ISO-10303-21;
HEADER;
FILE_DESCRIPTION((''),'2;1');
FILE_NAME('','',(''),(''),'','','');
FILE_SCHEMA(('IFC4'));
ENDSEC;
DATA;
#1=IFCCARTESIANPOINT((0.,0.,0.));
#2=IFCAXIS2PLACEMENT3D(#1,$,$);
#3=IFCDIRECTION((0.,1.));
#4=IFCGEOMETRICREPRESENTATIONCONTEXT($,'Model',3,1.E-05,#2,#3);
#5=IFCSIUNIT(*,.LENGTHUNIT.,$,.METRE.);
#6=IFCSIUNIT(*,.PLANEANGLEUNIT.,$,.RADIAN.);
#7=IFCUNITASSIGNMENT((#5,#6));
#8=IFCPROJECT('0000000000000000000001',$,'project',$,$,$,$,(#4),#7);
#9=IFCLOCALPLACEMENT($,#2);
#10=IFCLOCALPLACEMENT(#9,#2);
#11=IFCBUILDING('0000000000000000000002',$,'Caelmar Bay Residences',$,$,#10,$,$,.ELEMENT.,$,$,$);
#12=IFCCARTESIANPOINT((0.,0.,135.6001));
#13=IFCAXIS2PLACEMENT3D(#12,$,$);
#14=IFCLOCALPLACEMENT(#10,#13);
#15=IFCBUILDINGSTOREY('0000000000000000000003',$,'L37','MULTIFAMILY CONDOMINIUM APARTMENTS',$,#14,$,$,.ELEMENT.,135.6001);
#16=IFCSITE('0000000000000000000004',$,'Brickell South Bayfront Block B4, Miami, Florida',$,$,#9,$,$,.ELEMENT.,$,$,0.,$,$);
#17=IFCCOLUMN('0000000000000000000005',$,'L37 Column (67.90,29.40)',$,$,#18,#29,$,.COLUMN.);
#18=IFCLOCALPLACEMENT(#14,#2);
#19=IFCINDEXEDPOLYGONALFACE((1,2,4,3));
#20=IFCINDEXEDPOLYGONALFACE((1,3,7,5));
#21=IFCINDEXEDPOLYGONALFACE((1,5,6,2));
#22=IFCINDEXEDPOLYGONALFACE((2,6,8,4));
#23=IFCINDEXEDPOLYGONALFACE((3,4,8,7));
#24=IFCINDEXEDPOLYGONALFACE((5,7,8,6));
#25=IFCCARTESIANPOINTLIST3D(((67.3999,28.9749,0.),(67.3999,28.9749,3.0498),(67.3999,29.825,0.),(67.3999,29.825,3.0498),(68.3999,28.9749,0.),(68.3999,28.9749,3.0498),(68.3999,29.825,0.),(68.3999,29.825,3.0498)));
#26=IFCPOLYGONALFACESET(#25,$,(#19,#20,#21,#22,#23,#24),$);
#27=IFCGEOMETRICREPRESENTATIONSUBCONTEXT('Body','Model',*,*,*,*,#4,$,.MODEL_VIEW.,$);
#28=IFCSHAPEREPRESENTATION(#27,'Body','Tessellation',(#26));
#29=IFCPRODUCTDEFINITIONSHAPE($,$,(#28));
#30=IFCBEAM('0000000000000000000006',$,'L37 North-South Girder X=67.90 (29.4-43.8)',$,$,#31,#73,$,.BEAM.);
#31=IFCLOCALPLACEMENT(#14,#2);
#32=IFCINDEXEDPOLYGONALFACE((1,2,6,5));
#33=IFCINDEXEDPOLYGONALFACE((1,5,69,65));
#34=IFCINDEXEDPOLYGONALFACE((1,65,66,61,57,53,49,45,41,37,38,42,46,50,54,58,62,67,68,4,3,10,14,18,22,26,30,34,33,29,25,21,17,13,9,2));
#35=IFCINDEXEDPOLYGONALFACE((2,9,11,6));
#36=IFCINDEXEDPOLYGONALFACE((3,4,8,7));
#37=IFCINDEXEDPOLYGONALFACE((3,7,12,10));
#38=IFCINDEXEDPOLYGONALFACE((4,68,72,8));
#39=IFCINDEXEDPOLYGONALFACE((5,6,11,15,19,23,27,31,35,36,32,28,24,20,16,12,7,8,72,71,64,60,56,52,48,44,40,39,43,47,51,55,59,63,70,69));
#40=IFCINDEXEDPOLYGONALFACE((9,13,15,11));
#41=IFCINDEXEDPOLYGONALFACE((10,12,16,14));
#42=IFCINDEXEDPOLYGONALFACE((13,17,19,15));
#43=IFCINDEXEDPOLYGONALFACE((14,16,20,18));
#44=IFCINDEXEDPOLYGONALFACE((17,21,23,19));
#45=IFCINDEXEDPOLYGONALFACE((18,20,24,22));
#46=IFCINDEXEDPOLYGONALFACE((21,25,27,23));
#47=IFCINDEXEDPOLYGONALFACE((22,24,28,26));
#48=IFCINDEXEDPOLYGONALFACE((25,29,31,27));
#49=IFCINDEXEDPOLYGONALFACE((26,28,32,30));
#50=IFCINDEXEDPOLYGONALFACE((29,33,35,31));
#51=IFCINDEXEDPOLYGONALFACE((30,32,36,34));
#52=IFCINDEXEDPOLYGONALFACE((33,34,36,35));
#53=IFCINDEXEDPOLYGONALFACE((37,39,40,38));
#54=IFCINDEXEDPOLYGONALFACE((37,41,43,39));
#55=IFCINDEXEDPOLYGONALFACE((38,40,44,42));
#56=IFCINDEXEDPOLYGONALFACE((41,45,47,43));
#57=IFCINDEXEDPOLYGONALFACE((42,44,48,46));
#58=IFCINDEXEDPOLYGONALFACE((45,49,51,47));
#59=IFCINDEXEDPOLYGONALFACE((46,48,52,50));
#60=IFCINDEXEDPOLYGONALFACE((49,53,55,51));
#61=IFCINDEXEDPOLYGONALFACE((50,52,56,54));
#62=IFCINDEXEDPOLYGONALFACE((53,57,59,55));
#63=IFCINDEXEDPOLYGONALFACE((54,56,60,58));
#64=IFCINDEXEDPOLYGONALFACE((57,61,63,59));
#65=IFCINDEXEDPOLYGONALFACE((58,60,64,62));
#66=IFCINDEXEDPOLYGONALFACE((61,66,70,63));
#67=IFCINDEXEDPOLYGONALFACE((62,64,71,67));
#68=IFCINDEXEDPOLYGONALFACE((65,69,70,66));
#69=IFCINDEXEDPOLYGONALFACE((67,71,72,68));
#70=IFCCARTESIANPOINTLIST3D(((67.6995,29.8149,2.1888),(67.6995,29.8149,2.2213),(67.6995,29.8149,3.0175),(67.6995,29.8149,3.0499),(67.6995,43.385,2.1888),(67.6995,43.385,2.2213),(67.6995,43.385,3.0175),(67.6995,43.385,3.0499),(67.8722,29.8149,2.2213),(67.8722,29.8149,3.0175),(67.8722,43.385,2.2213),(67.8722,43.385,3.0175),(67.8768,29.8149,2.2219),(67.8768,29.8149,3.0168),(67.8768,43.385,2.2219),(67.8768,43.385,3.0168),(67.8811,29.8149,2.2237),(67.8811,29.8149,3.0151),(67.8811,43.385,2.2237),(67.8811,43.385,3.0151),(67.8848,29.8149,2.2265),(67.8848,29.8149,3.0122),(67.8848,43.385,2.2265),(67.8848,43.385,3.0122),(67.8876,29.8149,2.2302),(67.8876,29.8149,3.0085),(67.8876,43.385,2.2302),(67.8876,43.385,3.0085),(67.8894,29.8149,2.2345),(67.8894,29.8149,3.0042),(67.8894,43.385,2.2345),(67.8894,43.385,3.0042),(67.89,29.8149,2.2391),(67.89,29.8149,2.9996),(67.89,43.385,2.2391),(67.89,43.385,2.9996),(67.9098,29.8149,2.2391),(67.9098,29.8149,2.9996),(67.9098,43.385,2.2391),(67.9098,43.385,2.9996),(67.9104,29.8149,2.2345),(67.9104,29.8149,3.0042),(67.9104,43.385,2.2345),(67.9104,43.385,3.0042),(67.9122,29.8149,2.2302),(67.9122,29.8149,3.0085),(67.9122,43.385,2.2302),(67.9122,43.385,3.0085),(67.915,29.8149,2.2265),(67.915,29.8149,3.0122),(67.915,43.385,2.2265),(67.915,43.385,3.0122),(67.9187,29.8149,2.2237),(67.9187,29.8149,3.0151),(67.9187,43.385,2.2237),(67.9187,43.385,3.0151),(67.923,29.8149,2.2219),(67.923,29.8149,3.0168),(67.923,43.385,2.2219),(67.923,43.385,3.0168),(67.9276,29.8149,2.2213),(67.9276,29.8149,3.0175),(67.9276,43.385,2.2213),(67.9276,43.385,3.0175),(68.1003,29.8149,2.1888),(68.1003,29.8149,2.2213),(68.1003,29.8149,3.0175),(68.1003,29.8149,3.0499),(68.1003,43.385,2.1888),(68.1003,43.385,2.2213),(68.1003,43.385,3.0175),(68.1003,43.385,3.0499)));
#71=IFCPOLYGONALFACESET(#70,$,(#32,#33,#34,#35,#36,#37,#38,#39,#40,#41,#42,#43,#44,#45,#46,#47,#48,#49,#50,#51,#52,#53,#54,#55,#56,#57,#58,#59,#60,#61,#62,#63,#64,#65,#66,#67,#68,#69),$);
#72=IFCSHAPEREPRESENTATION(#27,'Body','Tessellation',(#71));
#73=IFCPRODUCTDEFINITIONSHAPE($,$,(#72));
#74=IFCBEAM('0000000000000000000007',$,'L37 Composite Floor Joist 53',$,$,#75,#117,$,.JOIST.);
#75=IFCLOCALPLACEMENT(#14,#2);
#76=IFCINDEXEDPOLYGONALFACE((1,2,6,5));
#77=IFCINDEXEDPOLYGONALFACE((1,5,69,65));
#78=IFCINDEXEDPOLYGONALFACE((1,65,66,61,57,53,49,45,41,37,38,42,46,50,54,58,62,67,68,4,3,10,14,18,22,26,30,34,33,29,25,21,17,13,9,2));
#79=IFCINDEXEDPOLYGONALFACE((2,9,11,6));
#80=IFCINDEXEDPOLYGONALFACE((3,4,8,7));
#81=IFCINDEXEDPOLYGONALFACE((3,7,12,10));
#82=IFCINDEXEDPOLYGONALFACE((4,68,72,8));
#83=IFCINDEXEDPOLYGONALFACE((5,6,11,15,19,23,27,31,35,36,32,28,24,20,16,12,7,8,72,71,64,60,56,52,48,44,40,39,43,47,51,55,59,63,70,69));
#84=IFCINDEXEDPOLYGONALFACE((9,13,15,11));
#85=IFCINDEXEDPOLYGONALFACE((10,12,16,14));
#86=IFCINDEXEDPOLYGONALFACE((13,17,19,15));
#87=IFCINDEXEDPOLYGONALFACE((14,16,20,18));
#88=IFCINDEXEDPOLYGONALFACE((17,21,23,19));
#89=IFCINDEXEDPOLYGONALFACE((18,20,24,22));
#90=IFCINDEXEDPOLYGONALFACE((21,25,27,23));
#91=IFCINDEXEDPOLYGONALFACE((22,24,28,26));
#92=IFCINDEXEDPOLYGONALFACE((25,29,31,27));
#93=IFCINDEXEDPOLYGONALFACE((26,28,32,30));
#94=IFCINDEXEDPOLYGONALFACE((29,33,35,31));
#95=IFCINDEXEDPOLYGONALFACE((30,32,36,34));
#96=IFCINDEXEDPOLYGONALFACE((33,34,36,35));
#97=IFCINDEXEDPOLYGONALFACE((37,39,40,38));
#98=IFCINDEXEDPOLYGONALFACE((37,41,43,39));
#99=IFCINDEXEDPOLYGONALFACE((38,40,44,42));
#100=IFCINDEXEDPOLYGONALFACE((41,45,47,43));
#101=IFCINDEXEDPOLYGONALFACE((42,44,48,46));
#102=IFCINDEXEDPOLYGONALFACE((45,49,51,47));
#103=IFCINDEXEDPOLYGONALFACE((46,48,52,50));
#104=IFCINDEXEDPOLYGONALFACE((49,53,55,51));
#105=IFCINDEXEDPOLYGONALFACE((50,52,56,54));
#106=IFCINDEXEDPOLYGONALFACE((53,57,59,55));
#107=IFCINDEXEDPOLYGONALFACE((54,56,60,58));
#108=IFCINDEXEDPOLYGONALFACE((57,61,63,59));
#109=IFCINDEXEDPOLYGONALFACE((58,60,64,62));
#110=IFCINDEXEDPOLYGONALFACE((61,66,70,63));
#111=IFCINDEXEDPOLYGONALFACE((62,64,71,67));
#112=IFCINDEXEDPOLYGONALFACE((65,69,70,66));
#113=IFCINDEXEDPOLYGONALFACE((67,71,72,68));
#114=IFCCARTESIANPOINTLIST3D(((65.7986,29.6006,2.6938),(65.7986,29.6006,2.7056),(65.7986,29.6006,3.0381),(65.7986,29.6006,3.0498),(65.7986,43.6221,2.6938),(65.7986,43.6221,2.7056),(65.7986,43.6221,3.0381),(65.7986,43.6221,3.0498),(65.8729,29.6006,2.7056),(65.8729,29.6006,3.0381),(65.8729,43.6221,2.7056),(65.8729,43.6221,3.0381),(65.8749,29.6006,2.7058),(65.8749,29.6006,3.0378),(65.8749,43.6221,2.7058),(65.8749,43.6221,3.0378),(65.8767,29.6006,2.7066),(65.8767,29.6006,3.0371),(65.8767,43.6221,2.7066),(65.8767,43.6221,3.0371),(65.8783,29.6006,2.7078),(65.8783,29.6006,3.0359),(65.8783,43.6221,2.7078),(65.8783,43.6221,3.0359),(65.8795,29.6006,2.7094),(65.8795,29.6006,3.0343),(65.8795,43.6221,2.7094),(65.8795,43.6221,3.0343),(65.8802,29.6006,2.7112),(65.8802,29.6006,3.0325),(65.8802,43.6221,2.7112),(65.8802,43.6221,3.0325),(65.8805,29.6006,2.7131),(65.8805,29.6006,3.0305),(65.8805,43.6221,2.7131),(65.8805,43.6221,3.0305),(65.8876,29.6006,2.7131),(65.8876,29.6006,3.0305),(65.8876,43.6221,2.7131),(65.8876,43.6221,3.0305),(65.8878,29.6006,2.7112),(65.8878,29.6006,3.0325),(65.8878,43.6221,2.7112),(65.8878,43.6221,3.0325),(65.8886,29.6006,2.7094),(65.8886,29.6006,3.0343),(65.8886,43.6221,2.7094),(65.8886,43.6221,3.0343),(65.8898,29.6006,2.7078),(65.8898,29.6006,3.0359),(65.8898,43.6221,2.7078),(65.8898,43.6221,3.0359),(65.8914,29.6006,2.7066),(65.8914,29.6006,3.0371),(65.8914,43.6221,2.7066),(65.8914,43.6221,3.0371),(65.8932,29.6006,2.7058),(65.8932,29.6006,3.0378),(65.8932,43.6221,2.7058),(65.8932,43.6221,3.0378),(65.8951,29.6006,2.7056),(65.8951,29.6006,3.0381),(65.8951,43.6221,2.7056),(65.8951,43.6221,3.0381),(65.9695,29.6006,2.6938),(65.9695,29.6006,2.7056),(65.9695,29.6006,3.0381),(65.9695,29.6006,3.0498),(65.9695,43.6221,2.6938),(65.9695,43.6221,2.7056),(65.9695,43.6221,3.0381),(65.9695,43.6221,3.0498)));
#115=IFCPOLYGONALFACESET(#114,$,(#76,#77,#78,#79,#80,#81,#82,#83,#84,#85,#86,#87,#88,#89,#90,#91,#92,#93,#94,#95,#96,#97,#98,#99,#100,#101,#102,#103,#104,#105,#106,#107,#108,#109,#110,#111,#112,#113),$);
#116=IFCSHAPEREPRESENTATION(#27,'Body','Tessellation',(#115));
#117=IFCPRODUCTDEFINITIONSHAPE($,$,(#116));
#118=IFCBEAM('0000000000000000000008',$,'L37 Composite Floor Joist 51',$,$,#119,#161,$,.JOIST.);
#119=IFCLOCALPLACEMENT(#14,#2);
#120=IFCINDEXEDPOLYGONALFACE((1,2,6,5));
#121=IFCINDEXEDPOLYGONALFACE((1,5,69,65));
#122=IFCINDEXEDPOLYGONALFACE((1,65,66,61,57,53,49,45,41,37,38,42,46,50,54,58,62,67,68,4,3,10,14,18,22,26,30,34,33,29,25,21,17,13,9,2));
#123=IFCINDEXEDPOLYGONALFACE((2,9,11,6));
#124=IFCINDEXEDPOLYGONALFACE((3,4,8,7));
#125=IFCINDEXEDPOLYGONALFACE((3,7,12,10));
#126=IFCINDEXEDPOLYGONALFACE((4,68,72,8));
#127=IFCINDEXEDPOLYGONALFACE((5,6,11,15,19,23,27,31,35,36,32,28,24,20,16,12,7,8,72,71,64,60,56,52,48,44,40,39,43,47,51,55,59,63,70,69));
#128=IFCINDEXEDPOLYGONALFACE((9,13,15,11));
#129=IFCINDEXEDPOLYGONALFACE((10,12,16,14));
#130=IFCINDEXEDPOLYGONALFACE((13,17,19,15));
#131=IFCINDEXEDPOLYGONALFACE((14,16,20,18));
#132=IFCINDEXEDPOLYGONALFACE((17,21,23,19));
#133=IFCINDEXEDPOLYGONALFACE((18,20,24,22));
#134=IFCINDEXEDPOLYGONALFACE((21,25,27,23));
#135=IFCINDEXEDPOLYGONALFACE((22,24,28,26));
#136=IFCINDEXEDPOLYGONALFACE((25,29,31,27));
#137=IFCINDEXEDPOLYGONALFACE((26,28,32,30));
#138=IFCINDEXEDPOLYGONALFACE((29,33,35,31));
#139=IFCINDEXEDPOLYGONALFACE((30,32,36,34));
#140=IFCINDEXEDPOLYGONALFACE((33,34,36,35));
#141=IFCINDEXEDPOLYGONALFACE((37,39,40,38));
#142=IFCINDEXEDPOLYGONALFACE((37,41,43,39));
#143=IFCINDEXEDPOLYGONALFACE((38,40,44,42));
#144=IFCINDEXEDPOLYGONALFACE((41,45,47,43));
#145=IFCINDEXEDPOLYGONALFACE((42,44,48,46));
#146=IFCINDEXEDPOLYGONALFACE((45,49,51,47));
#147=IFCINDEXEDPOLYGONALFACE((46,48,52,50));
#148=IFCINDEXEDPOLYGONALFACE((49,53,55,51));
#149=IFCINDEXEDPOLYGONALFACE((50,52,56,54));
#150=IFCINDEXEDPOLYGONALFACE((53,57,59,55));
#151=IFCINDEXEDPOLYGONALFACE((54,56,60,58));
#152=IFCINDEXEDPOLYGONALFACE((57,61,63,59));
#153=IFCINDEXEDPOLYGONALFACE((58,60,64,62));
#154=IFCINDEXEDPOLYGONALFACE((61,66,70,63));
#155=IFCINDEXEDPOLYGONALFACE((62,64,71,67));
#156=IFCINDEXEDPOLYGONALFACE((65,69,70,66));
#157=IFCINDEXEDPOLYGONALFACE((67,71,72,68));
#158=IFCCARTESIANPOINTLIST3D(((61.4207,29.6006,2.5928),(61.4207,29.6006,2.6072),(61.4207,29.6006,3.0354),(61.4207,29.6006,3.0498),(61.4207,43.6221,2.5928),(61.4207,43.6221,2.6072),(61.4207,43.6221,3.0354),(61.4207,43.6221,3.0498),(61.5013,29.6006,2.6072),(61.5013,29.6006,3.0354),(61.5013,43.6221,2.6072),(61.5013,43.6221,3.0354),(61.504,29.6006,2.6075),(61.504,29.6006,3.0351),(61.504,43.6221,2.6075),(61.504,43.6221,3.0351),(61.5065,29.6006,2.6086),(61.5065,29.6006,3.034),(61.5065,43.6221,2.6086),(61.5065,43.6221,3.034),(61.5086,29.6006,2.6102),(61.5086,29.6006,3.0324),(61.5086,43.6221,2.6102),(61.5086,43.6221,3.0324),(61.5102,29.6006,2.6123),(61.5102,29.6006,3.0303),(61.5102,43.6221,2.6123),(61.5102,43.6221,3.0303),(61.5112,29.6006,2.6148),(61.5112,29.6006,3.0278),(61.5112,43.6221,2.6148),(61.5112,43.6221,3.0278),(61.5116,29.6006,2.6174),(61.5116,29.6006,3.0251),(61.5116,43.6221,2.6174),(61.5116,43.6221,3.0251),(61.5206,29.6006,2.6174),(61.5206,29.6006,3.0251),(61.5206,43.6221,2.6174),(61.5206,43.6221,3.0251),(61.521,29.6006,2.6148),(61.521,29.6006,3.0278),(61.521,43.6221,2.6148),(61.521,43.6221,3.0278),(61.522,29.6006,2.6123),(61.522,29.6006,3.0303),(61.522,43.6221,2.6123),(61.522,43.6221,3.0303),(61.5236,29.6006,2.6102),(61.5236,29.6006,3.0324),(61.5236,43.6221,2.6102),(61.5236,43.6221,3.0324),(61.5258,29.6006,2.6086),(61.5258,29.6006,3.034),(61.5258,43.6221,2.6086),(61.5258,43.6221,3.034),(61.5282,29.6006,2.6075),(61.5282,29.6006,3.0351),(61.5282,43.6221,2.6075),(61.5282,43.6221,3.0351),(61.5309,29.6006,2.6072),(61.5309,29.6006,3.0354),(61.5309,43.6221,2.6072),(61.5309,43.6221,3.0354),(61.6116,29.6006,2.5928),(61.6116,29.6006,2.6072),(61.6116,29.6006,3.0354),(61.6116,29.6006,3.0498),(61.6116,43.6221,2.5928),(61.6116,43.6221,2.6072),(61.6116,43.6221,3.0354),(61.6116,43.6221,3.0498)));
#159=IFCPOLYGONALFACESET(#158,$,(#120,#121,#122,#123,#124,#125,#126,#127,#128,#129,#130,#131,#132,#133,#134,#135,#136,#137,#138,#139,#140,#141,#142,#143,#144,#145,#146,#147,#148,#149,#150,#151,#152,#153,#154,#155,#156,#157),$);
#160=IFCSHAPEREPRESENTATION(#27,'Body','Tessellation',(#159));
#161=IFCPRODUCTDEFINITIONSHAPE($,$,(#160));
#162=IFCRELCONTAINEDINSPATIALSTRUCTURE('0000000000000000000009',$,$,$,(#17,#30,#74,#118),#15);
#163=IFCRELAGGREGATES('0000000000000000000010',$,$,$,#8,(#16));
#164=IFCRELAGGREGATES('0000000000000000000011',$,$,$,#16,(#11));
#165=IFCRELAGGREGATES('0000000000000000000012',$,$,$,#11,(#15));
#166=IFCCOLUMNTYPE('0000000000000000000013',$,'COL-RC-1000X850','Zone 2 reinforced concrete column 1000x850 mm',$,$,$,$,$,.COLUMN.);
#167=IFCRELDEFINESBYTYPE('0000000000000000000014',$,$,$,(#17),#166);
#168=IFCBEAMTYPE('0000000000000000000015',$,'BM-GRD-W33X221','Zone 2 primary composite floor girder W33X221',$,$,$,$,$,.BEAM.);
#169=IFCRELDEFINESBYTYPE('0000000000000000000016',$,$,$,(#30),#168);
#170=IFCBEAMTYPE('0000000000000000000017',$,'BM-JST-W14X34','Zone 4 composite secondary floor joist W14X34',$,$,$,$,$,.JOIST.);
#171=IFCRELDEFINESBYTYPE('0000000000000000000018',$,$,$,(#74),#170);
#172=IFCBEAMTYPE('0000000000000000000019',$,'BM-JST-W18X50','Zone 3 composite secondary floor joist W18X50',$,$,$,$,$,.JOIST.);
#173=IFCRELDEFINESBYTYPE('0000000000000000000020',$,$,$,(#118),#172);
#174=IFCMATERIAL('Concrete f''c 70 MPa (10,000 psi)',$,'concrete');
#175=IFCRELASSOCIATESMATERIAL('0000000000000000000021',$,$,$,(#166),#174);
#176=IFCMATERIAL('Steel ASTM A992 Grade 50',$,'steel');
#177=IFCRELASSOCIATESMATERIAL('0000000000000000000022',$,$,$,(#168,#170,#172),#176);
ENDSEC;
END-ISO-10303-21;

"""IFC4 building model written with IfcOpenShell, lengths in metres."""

from ifc_helpers import new_model, si_unit, direction, frame, origin, origin_2d, place, context, subcontext, project, spatial, rectangle, i_section, extrude, material, material_profile, profile_set, type_object, element, save


model = new_model("IFC4")

# Units and contexts
model_context = context("Model", 3, precision=1e-05, world=origin(), true_north=direction((0.0, 1.0)))
body_context = subcontext(model_context, "Body", "Model", "MODEL_VIEW")
ifc_project = project(units=[si_unit("LENGTHUNIT", "METRE"), si_unit("PLANEANGLEUNIT", "RADIAN")], contexts=[model_context])

# Site, building, storey
site_placement = place(None, origin())
site = spatial("IfcSite", under=ifc_project, at=site_placement, Name="Brickell South Bayfront Block B4, Miami, Florida", CompositionType="ELEMENT", RefElevation=0.0)
building_placement = place(site_placement, origin())
building = spatial("IfcBuilding", under=site, at=building_placement, Name="Caelmar Bay Residences", CompositionType="ELEMENT")
storey_placement = place(building_placement, frame((0.0, 0.0, 135.6001)))
storey = spatial("IfcBuildingStorey", under=building, at=storey_placement, Name="L37", Description="MULTIFAMILY CONDOMINIUM APARTMENTS", CompositionType="ELEMENT", Elevation=135.6001)

# Column
ifc_material_1 = material(Name="Concrete f'c 70 MPa (10,000 psi)", Category="concrete")
ifc_material_profile_1 = material_profile(ifc_material_1, rectangle(XDim=1.0, YDim=0.8501, at=origin_2d()), Name="RC-COL-1000X850")
ifc_profile_set_1 = profile_set([ifc_material_profile_1], Name="Concrete f'c 70 MPa (10,000 psi)")
column_type = type_object("IfcColumnType", Name="COL-RC-1000X850", Description="Zone 2 reinforced concrete column 1000x850 mm", PredefinedType="COLUMN", material=ifc_profile_set_1)
column_placement = place(storey_placement, frame((67.8999, 29.3999, 0.0), z_axis=(0.0, 0.0, 1.0), x_axis=(1.0, 0.0, 0.0)))
element("IfcColumn", 1, at=column_placement, inside=storey, type_object=column_type, Name="L37 Column (67.90,29.40)", PredefinedType="COLUMN", context=body_context, shape_type="SweptSolid", body=[
    extrude(rectangle(XDim=1.0, YDim=0.8501, at=origin_2d()), origin(), (0.0, 0.0, 1.0), 3.0498),
])

# Beams
ifc_material_2 = material(Name="Steel ASTM A992 Grade 50", Category="steel")
ifc_material_profile_2 = material_profile(ifc_material_2, i_section(OverallWidth=0.4009, OverallDepth=0.8611, WebThickness=0.0198, FlangeThickness=0.0325, FilletRadius=0.0178, at=origin_2d()), Name="W33X221")
ifc_profile_set_2 = profile_set([ifc_material_profile_2], Name="Steel ASTM A992 Grade 50")
beam_type_1 = type_object("IfcBeamType", Name="BM-GRD-W33X221", Description="Zone 2 primary composite floor girder W33X221", PredefinedType="BEAM", material=ifc_profile_set_2)
beam_1_placement = place(storey_placement, frame((67.8999, 29.8149, 2.6194), z_axis=(0.0, 1.0, 0.0), x_axis=(-1.0, 0.0, 0.0)))
element("IfcBeam", 2, at=beam_1_placement, inside=storey, type_object=beam_type_1, Name="L37 North-South Girder X=67.90 (29.4-43.8)", PredefinedType="BEAM", context=body_context, shape_type="SweptSolid", body=[
    extrude(i_section(OverallWidth=0.4009, OverallDepth=0.8611, WebThickness=0.0198, FlangeThickness=0.0325, FilletRadius=0.0178, at=origin_2d()), origin(), (0.0, 0.0, 1.0), 13.5701),
])
ifc_material_profile_3 = material_profile(ifc_material_2, i_section(OverallWidth=0.1709, OverallDepth=0.356, WebThickness=0.0071, FlangeThickness=0.0117, FilletRadius=0.0076, at=origin_2d()), Name="W14X34")
ifc_profile_set_3 = profile_set([ifc_material_profile_3], Name="Steel ASTM A992 Grade 50")
beam_type_2 = type_object("IfcBeamType", Name="BM-JST-W14X34", Description="Zone 4 composite secondary floor joist W14X34", PredefinedType="JOIST", material=ifc_profile_set_3)
beam_2_placement = place(storey_placement, frame((65.884, 29.6006, 2.8718), z_axis=(0.0, 1.0, 0.0), x_axis=(-1.0, 0.0, 0.0)))
element("IfcBeam", 3, at=beam_2_placement, inside=storey, type_object=beam_type_2, Name="L37 Composite Floor Joist 53", PredefinedType="JOIST", context=body_context, shape_type="SweptSolid", body=[
    extrude(i_section(OverallWidth=0.1709, OverallDepth=0.356, WebThickness=0.0071, FlangeThickness=0.0117, FilletRadius=0.0076, at=origin_2d()), origin(), (0.0, 0.0, 1.0), 14.0215),
])
ifc_material_profile_4 = material_profile(ifc_material_2, i_section(OverallWidth=0.1909, OverallDepth=0.457, WebThickness=0.009, FlangeThickness=0.0144, FilletRadius=0.0103, at=origin_2d()), Name="W18X50")
ifc_profile_set_4 = profile_set([ifc_material_profile_4], Name="Steel ASTM A992 Grade 50")
beam_type_3 = type_object("IfcBeamType", Name="BM-JST-W18X50", Description="Zone 3 composite secondary floor joist W18X50", PredefinedType="JOIST", material=ifc_profile_set_4)
beam_3_placement = place(storey_placement, frame((61.5161, 29.6006, 2.8213), z_axis=(0.0, 1.0, 0.0), x_axis=(-1.0, 0.0, 0.0)))
element("IfcBeam", 4, at=beam_3_placement, inside=storey, type_object=beam_type_3, Name="L37 Composite Floor Joist 51", PredefinedType="JOIST", context=body_context, shape_type="SweptSolid", body=[
    extrude(i_section(OverallWidth=0.1909, OverallDepth=0.457, WebThickness=0.009, FlangeThickness=0.0144, FilletRadius=0.0103, at=origin_2d()), origin(), (0.0, 0.0, 1.0), 14.0215),
])

save(model, "model.ifc")
